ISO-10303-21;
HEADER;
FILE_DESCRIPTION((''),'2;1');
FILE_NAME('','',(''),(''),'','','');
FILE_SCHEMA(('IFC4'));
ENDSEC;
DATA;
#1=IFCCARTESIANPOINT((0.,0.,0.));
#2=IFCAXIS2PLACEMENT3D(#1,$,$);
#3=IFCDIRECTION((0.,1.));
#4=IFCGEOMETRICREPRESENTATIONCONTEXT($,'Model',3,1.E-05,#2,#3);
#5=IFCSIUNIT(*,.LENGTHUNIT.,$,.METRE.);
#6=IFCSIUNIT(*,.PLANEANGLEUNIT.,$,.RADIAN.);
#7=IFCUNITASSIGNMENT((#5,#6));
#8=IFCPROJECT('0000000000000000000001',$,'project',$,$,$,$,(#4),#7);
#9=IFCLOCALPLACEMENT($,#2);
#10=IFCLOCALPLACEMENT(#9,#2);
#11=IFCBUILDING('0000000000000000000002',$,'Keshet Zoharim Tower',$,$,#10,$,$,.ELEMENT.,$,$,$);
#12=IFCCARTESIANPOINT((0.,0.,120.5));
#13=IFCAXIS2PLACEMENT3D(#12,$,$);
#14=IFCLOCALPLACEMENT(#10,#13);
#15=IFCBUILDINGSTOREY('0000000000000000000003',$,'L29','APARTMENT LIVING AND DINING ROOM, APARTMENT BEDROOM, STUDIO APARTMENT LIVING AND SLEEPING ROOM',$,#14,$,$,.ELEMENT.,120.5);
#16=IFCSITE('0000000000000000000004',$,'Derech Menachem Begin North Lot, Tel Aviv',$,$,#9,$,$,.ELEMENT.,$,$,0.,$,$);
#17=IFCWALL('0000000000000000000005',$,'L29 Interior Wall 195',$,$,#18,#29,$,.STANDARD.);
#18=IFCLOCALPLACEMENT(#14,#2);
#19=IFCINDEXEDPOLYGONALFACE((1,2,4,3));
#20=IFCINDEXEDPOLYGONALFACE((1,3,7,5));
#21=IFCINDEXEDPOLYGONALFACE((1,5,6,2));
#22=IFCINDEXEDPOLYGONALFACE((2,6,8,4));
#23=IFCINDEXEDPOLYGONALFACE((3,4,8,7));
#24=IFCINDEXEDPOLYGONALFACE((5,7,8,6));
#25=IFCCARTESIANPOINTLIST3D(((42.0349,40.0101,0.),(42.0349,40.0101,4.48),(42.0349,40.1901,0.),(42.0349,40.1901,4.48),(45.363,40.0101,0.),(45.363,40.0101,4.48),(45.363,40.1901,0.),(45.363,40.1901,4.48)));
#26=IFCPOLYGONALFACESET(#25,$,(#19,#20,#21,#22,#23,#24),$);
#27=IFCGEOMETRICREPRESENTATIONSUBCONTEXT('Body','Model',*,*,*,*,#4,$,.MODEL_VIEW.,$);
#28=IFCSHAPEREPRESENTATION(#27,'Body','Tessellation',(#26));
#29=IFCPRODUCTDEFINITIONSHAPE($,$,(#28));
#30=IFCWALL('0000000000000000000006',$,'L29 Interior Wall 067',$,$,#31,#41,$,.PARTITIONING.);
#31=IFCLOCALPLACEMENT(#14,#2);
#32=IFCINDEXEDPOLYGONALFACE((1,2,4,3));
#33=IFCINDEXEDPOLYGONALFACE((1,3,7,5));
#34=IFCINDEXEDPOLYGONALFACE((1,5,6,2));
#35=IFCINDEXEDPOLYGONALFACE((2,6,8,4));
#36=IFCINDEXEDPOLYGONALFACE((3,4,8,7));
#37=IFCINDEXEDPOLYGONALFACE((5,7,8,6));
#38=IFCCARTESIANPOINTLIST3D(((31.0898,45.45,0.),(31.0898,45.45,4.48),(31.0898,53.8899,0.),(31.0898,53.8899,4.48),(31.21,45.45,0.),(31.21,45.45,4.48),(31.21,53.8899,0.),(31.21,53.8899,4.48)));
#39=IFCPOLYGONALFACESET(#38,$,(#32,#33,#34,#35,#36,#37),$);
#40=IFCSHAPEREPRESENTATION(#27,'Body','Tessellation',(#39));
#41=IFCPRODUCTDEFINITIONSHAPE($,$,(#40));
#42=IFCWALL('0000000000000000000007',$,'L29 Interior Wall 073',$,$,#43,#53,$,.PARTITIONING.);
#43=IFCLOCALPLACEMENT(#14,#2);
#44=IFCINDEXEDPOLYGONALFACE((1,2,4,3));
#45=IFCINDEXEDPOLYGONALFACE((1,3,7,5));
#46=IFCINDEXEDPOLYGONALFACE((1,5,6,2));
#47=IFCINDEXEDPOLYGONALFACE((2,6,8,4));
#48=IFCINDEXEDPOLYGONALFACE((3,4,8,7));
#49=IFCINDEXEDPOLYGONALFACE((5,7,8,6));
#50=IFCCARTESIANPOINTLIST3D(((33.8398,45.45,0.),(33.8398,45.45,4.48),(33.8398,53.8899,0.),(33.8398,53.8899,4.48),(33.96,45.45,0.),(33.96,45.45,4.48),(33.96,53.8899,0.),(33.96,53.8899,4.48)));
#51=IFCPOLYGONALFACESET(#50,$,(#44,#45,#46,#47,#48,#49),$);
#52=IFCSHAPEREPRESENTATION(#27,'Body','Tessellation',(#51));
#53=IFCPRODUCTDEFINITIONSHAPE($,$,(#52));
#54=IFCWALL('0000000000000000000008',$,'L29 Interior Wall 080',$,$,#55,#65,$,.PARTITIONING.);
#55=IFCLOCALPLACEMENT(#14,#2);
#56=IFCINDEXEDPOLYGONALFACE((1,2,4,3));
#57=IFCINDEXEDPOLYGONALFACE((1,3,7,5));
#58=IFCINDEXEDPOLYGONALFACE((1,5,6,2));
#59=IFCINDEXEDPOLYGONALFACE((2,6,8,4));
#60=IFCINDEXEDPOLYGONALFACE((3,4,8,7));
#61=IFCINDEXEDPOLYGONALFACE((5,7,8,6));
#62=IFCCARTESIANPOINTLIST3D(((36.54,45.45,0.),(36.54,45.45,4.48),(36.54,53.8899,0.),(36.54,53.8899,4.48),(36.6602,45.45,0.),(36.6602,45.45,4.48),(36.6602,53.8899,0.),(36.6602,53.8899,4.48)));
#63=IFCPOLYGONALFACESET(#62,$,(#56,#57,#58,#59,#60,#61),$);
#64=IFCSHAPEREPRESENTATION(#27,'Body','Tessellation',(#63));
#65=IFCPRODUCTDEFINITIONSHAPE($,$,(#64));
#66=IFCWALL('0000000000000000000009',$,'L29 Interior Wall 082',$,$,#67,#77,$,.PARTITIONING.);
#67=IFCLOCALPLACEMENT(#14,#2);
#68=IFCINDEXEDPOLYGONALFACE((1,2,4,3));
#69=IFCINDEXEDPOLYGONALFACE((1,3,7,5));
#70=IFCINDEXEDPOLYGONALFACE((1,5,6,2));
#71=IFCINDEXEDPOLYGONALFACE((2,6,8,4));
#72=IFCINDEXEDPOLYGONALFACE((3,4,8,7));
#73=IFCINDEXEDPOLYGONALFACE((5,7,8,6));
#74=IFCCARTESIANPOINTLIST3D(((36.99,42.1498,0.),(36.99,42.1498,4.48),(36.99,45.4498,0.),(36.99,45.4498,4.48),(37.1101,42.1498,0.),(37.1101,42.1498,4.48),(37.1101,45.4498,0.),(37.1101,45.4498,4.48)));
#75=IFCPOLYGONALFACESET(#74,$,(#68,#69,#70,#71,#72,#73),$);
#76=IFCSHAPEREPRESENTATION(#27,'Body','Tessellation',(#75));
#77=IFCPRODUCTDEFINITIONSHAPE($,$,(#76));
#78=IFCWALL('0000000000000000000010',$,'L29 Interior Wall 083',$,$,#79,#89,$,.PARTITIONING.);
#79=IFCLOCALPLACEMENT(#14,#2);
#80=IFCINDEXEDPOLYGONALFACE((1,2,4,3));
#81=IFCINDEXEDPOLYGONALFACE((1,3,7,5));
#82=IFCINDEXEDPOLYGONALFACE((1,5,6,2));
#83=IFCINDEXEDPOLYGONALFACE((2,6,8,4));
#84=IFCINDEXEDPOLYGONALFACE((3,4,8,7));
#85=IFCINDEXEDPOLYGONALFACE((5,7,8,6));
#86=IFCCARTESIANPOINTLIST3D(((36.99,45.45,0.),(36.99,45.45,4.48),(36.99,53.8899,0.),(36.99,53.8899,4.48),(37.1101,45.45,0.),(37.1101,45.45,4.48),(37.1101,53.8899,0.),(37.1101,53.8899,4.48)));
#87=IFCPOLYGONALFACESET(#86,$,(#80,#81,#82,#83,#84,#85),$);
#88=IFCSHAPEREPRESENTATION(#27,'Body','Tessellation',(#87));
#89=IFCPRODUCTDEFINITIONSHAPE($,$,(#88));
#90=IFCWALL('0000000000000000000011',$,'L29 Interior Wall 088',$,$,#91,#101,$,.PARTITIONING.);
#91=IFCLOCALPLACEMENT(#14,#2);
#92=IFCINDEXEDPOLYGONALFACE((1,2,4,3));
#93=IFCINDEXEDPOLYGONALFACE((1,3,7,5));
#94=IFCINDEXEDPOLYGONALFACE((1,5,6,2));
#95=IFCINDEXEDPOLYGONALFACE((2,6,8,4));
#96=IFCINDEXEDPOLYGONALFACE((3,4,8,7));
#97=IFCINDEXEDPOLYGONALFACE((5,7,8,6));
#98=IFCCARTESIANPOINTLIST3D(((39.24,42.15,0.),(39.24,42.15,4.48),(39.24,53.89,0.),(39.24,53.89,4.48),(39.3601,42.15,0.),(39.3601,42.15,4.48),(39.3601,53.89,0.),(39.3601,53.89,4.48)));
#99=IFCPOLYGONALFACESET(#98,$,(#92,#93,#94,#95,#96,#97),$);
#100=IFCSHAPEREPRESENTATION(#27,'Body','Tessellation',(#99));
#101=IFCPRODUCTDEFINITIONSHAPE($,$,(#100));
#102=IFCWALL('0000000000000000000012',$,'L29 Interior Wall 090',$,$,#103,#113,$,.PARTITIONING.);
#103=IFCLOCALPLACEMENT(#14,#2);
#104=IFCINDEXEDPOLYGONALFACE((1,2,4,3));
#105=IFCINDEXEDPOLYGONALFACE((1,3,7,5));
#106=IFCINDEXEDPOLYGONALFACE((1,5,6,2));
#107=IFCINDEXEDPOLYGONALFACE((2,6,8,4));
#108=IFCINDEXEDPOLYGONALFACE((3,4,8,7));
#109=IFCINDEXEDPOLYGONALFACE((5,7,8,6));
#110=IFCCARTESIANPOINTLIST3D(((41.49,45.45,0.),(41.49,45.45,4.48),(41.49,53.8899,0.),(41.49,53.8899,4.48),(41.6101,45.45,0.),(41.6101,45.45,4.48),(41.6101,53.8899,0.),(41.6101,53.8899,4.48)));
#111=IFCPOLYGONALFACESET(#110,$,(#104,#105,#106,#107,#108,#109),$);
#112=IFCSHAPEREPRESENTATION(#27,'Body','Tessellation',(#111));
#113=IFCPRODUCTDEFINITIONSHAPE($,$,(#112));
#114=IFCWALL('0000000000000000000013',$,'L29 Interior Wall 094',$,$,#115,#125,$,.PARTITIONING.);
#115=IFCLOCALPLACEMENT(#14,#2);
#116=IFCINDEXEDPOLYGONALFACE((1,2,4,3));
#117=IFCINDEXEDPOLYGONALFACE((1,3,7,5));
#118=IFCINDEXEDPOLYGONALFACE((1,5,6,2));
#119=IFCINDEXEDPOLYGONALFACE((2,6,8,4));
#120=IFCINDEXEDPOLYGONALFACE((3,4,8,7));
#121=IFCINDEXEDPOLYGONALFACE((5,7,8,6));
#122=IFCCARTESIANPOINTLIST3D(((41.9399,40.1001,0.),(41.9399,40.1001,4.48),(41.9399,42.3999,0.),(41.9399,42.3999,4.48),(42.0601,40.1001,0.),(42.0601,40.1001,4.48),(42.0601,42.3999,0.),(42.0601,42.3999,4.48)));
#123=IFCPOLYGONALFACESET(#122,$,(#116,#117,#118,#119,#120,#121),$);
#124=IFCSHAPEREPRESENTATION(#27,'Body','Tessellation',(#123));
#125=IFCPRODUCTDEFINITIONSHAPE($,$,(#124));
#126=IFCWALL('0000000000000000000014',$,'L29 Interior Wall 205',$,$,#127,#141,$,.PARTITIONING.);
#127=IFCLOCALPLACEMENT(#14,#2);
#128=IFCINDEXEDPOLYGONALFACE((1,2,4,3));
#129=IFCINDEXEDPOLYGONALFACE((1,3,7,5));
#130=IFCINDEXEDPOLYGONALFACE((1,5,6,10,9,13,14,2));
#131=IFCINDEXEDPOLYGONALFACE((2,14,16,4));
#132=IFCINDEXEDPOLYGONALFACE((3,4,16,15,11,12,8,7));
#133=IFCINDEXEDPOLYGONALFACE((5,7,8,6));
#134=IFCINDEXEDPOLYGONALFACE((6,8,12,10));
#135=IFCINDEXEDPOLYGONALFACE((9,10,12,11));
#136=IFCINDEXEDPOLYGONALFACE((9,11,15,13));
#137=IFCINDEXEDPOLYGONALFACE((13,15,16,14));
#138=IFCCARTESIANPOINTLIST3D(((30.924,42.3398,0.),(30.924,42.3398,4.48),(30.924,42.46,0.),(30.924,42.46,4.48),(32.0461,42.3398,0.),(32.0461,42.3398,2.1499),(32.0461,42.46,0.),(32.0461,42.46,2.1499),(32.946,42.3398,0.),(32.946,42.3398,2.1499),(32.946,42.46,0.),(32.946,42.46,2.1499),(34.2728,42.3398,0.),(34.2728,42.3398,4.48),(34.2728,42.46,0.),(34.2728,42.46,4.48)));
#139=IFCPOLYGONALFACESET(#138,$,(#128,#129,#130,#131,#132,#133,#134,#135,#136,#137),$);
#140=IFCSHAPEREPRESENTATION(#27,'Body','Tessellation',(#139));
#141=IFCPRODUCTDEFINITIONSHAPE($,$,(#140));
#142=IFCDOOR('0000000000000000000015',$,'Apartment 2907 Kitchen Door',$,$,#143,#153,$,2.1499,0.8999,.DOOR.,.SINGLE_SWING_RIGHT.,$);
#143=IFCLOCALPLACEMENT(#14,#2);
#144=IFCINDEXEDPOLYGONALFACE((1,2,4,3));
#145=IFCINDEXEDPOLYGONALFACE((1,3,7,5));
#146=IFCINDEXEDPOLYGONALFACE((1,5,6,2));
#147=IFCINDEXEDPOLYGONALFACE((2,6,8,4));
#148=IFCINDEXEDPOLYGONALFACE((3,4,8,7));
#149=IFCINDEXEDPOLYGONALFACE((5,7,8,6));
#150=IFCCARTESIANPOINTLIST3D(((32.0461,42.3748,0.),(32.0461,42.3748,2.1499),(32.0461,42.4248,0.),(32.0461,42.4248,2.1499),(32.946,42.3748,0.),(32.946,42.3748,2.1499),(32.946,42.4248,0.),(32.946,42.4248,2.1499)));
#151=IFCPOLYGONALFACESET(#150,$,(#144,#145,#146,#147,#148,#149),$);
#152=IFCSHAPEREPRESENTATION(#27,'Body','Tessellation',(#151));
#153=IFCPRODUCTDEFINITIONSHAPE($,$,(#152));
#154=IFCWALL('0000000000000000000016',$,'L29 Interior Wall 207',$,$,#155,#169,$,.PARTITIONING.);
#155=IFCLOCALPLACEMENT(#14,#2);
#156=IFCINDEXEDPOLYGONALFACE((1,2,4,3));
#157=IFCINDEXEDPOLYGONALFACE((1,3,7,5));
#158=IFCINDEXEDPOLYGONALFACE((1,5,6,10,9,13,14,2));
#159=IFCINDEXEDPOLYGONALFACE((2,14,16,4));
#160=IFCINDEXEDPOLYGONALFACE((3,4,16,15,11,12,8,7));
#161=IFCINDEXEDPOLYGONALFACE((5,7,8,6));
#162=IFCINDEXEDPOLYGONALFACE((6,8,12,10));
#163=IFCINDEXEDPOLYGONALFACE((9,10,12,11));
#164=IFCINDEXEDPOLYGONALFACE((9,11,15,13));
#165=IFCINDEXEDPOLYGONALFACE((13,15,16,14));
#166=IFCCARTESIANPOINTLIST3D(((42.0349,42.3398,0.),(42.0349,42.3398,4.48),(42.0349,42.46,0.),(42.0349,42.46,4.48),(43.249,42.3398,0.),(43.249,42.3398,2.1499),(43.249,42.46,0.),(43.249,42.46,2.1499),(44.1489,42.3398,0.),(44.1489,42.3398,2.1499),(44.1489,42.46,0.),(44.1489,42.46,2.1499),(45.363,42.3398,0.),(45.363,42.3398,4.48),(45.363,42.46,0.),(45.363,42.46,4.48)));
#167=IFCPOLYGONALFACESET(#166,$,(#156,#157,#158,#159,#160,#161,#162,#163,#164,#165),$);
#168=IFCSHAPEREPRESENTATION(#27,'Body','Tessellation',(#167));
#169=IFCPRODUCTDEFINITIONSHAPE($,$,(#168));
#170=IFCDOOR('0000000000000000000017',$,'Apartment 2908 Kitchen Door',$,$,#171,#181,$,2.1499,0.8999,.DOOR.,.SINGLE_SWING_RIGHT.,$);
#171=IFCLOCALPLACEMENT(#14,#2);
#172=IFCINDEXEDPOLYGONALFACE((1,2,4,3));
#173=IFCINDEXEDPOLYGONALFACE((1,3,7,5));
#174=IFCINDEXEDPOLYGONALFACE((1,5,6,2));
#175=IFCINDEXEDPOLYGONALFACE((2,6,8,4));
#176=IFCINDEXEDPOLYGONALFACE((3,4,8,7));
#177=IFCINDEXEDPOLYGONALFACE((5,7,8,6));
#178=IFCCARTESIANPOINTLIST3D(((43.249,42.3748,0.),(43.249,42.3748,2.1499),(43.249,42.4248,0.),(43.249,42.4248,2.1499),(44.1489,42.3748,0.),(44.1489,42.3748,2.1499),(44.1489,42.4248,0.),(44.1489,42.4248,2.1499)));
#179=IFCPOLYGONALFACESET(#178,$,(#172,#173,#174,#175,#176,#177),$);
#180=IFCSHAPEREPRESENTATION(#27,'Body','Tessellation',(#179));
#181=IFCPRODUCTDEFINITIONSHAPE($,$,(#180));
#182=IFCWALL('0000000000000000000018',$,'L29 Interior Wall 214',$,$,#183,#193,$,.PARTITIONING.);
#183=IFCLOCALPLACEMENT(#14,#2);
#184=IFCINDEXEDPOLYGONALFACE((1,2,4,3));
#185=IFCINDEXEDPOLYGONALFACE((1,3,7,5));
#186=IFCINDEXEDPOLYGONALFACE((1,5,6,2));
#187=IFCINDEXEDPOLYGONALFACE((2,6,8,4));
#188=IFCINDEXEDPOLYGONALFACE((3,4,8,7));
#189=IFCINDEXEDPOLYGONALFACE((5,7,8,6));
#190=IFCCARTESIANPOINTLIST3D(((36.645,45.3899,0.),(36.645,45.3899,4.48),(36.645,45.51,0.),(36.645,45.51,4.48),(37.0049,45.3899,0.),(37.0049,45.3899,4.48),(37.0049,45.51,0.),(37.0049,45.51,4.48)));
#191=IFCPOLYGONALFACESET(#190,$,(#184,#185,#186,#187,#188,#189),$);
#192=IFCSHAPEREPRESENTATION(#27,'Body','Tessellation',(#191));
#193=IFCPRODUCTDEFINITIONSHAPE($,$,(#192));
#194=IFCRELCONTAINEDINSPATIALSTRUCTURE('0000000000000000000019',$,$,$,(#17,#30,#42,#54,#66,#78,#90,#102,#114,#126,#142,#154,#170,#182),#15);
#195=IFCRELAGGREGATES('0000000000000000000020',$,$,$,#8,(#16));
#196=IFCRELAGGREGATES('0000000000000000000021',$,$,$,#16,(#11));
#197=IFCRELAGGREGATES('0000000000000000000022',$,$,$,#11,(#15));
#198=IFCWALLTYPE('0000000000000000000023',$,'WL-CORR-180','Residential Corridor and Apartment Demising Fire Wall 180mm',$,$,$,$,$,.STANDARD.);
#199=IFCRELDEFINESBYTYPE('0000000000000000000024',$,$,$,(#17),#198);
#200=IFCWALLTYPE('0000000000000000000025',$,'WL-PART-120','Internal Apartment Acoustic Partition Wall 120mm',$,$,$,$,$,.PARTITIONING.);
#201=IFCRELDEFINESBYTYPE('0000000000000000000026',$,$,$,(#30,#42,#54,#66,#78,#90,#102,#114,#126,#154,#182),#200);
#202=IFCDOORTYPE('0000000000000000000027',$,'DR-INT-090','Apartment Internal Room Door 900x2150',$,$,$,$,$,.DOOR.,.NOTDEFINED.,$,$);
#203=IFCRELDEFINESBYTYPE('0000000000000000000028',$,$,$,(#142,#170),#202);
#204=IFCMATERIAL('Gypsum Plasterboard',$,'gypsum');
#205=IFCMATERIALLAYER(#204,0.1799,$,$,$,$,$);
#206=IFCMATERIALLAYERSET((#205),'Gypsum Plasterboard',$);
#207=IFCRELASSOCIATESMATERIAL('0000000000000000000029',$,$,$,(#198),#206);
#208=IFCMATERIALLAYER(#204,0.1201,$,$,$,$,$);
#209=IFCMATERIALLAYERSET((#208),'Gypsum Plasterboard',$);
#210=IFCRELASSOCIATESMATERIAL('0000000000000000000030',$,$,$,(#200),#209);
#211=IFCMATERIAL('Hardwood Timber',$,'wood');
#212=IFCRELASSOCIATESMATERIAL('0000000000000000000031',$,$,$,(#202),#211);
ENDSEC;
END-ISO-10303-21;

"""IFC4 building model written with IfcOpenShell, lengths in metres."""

from ifc_helpers import new_model, si_unit, direction, frame, frame_2d, origin, place, context, subcontext, project, spatial, rectangle, extrude, material, layer, layer_set, type_object, element, fill, save


model = new_model("IFC4")

# Units and contexts
model_context = context("Model", 3, precision=1e-05, world=origin(), true_north=direction((0.0, 1.0)))
body_context = subcontext(model_context, "Body", "Model", "MODEL_VIEW")
ifc_project = project(units=[si_unit("LENGTHUNIT", "METRE"), si_unit("PLANEANGLEUNIT", "RADIAN")], contexts=[model_context])

# Site, building, storey
site_placement = place(None, origin())
site = spatial("IfcSite", under=ifc_project, at=site_placement, Name="Derech Menachem Begin North Lot, Tel Aviv", CompositionType="ELEMENT", RefElevation=0.0)
building_placement = place(site_placement, origin())
building = spatial("IfcBuilding", under=site, at=building_placement, Name="Keshet Zoharim Tower", CompositionType="ELEMENT")
storey_placement = place(building_placement, frame((0.0, 0.0, 120.5)))
storey = spatial("IfcBuildingStorey", under=building, at=storey_placement, Name="L29", Description="APARTMENT LIVING AND DINING ROOM, APARTMENT BEDROOM, STUDIO APARTMENT LIVING AND SLEEPING ROOM", CompositionType="ELEMENT", Elevation=120.5)

# Walls
ifc_material_1 = material(Name="Gypsum Plasterboard", Category="gypsum")
ifc_layer_1 = layer(ifc_material_1, 0.1799)
ifc_layer_set_1 = layer_set([ifc_layer_1], Name="Gypsum Plasterboard")
wall_type_1 = type_object("IfcWallType", Name="WL-CORR-180", Description="Residential Corridor and Apartment Demising Fire Wall 180mm", PredefinedType="STANDARD", material=ifc_layer_set_1)
wall_1_placement = place(storey_placement, frame((42.0349, 40.1001, 0.0), z_axis=(0.0, 0.0, 1.0), x_axis=(1.0, 0.0, 0.0)))
element("IfcWall", 1, at=wall_1_placement, inside=storey, type_object=wall_type_1, Name="L29 Interior Wall 195", PredefinedType="STANDARD", context=body_context, shape_type="SweptSolid", body=[
    extrude(rectangle(XDim=3.3281, YDim=0.1799, at=frame_2d((1.6641, 0.0))), origin(), (0.0, 0.0, 1.0), 4.48),
])
ifc_layer_2 = layer(ifc_material_1, 0.1201)
ifc_layer_set_2 = layer_set([ifc_layer_2], Name="Gypsum Plasterboard")
wall_type_2 = type_object("IfcWallType", Name="WL-PART-120", Description="Internal Apartment Acoustic Partition Wall 120mm", PredefinedType="PARTITIONING", material=ifc_layer_set_2)
for number, where, z_axis, x_axis, name in (
    (2, (31.1499, 45.45, 0.0), (0.0, 0.0, 1.0), (0.0, 1.0, 0.0), "L29 Interior Wall 067"),
    (3, (33.8999, 45.45, 0.0), (0.0, 0.0, 1.0), (0.0, 1.0, 0.0), "L29 Interior Wall 073"),
    (4, (36.6001, 45.45, 0.0), (0.0, 0.0, 1.0), (0.0, 1.0, 0.0), "L29 Interior Wall 080"),
):
    element("IfcWall", number, at=place(storey_placement, frame(where, z_axis=z_axis, x_axis=x_axis)), inside=storey, type_object=wall_type_2, Name=name, PredefinedType="PARTITIONING", context=body_context, shape_type="SweptSolid", body=[
        extrude(rectangle(XDim=8.4399, YDim=0.1201, at=frame_2d((4.22, 0.0))), origin(), (0.0, 0.0, 1.0), 4.48),
    ])
wall_2_placement = place(storey_placement, frame((37.05, 42.1499, 0.0), z_axis=(0.0, 0.0, 1.0), x_axis=(0.0, 1.0, 0.0)))
element("IfcWall", 5, at=wall_2_placement, inside=storey, type_object=wall_type_2, Name="L29 Interior Wall 082", PredefinedType="PARTITIONING", context=body_context, shape_type="SweptSolid", body=[
    extrude(rectangle(XDim=3.3, YDim=0.1201, at=frame_2d((1.6499, 0.0))), origin(), (0.0, 0.0, 1.0), 4.48),
])
wall_3_placement = place(storey_placement, frame((37.05, 45.45, 0.0), z_axis=(0.0, 0.0, 1.0), x_axis=(0.0, 1.0, 0.0)))
element("IfcWall", 6, at=wall_3_placement, inside=storey, type_object=wall_type_2, Name="L29 Interior Wall 083", PredefinedType="PARTITIONING", context=body_context, shape_type="SweptSolid", body=[
    extrude(rectangle(XDim=8.4399, YDim=0.1201, at=frame_2d((4.22, 0.0))), origin(), (0.0, 0.0, 1.0), 4.48),
])
wall_4_placement = place(storey_placement, frame((39.3, 42.1499, 0.0), z_axis=(0.0, 0.0, 1.0), x_axis=(0.0, 1.0, 0.0)))
element("IfcWall", 7, at=wall_4_placement, inside=storey, type_object=wall_type_2, Name="L29 Interior Wall 088", PredefinedType="PARTITIONING", context=body_context, shape_type="SweptSolid", body=[
    extrude(rectangle(XDim=11.74, YDim=0.1201, at=frame_2d((5.8701, 0.0))), origin(), (0.0, 0.0, 1.0), 4.48),
])
wall_5_placement = place(storey_placement, frame((41.55, 45.45, 0.0), z_axis=(0.0, 0.0, 1.0), x_axis=(0.0, 1.0, 0.0)))
element("IfcWall", 8, at=wall_5_placement, inside=storey, type_object=wall_type_2, Name="L29 Interior Wall 090", PredefinedType="PARTITIONING", context=body_context, shape_type="SweptSolid", body=[
    extrude(rectangle(XDim=8.4399, YDim=0.1201, at=frame_2d((4.22, 0.0))), origin(), (0.0, 0.0, 1.0), 4.48),
])
wall_6_placement = place(storey_placement, frame((42.0, 40.1001, 0.0), z_axis=(0.0, 0.0, 1.0), x_axis=(0.0, 1.0, 0.0)))
element("IfcWall", 9, at=wall_6_placement, inside=storey, type_object=wall_type_2, Name="L29 Interior Wall 094", PredefinedType="PARTITIONING", context=body_context, shape_type="SweptSolid", body=[
    extrude(rectangle(XDim=2.2998, YDim=0.1201, at=frame_2d((1.1499, 0.0))), origin(), (0.0, 0.0, 1.0), 4.48),
])

# Walls, openings, doors
ifc_material_2 = material(Name="Hardwood Timber", Category="wood")
door_type_1 = type_object("IfcDoorType", Name="DR-INT-090", Description="Apartment Internal Room Door 900x2150", OperationType="NOTDEFINED", PredefinedType="DOOR", material=ifc_material_2)
wall_7_placement = place(storey_placement, frame((30.9241, 42.3999, 0.0), z_axis=(0.0, 0.0, 1.0), x_axis=(1.0, 0.0, 0.0)))
wall_7 = element("IfcWall", 10, at=wall_7_placement, inside=storey, type_object=wall_type_2, Name="L29 Interior Wall 205", PredefinedType="PARTITIONING", context=body_context, shape_type="SweptSolid", body=[
    extrude(rectangle(XDim=3.3489, YDim=0.1201, at=frame_2d((1.6743, 0.0))), origin(), (0.0, 0.0, 1.0), 4.48),
])
opening_1_placement = place(wall_7_placement, frame((1.1221, 0.0, 0.0)))
opening_1 = element("IfcOpeningElement", 11, at=opening_1_placement, cuts=wall_7, PredefinedType="OPENING", context=body_context, shape_type="SweptSolid", body=[
    extrude(rectangle(XDim=0.8999, YDim=2.1499, at=frame_2d((0.45, 1.075))), frame((0.0, 0.0701, 0.0), z_axis=(0.0, -1.0, 0.0), x_axis=(1.0, 0.0, 0.0)), (0.0, 0.0, 1.0), 0.1401),
])
door_1_placement = place(opening_1_placement, origin())
door_1 = element("IfcDoor", 12, at=door_1_placement, inside=storey, type_object=door_type_1, Name="Apartment 2907 Kitchen Door", OperationType="SINGLE_SWING_RIGHT", OverallHeight=2.1499, OverallWidth=0.8999, PredefinedType="DOOR", context=body_context, shape_type="SweptSolid", body=[
    extrude(rectangle(XDim=0.8999, YDim=2.1499, at=frame_2d((0.45, 1.075))), frame((0.0, 0.0249, 0.0), z_axis=(0.0, -1.0, 0.0), x_axis=(1.0, 0.0, 0.0)), (0.0, 0.0, 1.0), 0.05),
])
fill(opening_1, door_1)
wall_8_placement = place(storey_placement, frame((42.0349, 42.3999, 0.0), z_axis=(0.0, 0.0, 1.0), x_axis=(1.0, 0.0, 0.0)))
wall_8 = element("IfcWall", 13, at=wall_8_placement, inside=storey, type_object=wall_type_2, Name="L29 Interior Wall 207", PredefinedType="PARTITIONING", context=body_context, shape_type="SweptSolid", body=[
    extrude(rectangle(XDim=3.3281, YDim=0.1201, at=frame_2d((1.6641, 0.0))), origin(), (0.0, 0.0, 1.0), 4.48),
])
opening_2_placement = place(wall_8_placement, frame((1.2141, 0.0, 0.0)))
opening_2 = element("IfcOpeningElement", 14, at=opening_2_placement, cuts=wall_8, PredefinedType="OPENING", context=body_context, shape_type="SweptSolid", body=[
    extrude(rectangle(XDim=0.8999, YDim=2.1499, at=frame_2d((0.45, 1.075))), frame((0.0, 0.0701, 0.0), z_axis=(0.0, -1.0, 0.0), x_axis=(1.0, 0.0, 0.0)), (0.0, 0.0, 1.0), 0.1401),
])
door_2_placement = place(opening_2_placement, origin())
door_2 = element("IfcDoor", 15, at=door_2_placement, inside=storey, type_object=door_type_1, Name="Apartment 2908 Kitchen Door", OperationType="SINGLE_SWING_RIGHT", OverallHeight=2.1499, OverallWidth=0.8999, PredefinedType="DOOR", context=body_context, shape_type="SweptSolid", body=[
    extrude(rectangle(XDim=0.8999, YDim=2.1499, at=frame_2d((0.45, 1.075))), frame((0.0, 0.0249, 0.0), z_axis=(0.0, -1.0, 0.0), x_axis=(1.0, 0.0, 0.0)), (0.0, 0.0, 1.0), 0.05),
])
fill(opening_2, door_2)

# Wall
wall_9_placement = place(storey_placement, frame((36.645, 45.45, 0.0), z_axis=(0.0, 0.0, 1.0), x_axis=(1.0, 0.0, 0.0)))
element("IfcWall", 16, at=wall_9_placement, inside=storey, type_object=wall_type_2, Name="L29 Interior Wall 214", PredefinedType="PARTITIONING", context=body_context, shape_type="SweptSolid", body=[
    extrude(rectangle(XDim=0.3599, YDim=0.1201, at=frame_2d((0.1799, 0.0))), origin(), (0.0, 0.0, 1.0), 4.48),
])

save(model, "model.ifc")
